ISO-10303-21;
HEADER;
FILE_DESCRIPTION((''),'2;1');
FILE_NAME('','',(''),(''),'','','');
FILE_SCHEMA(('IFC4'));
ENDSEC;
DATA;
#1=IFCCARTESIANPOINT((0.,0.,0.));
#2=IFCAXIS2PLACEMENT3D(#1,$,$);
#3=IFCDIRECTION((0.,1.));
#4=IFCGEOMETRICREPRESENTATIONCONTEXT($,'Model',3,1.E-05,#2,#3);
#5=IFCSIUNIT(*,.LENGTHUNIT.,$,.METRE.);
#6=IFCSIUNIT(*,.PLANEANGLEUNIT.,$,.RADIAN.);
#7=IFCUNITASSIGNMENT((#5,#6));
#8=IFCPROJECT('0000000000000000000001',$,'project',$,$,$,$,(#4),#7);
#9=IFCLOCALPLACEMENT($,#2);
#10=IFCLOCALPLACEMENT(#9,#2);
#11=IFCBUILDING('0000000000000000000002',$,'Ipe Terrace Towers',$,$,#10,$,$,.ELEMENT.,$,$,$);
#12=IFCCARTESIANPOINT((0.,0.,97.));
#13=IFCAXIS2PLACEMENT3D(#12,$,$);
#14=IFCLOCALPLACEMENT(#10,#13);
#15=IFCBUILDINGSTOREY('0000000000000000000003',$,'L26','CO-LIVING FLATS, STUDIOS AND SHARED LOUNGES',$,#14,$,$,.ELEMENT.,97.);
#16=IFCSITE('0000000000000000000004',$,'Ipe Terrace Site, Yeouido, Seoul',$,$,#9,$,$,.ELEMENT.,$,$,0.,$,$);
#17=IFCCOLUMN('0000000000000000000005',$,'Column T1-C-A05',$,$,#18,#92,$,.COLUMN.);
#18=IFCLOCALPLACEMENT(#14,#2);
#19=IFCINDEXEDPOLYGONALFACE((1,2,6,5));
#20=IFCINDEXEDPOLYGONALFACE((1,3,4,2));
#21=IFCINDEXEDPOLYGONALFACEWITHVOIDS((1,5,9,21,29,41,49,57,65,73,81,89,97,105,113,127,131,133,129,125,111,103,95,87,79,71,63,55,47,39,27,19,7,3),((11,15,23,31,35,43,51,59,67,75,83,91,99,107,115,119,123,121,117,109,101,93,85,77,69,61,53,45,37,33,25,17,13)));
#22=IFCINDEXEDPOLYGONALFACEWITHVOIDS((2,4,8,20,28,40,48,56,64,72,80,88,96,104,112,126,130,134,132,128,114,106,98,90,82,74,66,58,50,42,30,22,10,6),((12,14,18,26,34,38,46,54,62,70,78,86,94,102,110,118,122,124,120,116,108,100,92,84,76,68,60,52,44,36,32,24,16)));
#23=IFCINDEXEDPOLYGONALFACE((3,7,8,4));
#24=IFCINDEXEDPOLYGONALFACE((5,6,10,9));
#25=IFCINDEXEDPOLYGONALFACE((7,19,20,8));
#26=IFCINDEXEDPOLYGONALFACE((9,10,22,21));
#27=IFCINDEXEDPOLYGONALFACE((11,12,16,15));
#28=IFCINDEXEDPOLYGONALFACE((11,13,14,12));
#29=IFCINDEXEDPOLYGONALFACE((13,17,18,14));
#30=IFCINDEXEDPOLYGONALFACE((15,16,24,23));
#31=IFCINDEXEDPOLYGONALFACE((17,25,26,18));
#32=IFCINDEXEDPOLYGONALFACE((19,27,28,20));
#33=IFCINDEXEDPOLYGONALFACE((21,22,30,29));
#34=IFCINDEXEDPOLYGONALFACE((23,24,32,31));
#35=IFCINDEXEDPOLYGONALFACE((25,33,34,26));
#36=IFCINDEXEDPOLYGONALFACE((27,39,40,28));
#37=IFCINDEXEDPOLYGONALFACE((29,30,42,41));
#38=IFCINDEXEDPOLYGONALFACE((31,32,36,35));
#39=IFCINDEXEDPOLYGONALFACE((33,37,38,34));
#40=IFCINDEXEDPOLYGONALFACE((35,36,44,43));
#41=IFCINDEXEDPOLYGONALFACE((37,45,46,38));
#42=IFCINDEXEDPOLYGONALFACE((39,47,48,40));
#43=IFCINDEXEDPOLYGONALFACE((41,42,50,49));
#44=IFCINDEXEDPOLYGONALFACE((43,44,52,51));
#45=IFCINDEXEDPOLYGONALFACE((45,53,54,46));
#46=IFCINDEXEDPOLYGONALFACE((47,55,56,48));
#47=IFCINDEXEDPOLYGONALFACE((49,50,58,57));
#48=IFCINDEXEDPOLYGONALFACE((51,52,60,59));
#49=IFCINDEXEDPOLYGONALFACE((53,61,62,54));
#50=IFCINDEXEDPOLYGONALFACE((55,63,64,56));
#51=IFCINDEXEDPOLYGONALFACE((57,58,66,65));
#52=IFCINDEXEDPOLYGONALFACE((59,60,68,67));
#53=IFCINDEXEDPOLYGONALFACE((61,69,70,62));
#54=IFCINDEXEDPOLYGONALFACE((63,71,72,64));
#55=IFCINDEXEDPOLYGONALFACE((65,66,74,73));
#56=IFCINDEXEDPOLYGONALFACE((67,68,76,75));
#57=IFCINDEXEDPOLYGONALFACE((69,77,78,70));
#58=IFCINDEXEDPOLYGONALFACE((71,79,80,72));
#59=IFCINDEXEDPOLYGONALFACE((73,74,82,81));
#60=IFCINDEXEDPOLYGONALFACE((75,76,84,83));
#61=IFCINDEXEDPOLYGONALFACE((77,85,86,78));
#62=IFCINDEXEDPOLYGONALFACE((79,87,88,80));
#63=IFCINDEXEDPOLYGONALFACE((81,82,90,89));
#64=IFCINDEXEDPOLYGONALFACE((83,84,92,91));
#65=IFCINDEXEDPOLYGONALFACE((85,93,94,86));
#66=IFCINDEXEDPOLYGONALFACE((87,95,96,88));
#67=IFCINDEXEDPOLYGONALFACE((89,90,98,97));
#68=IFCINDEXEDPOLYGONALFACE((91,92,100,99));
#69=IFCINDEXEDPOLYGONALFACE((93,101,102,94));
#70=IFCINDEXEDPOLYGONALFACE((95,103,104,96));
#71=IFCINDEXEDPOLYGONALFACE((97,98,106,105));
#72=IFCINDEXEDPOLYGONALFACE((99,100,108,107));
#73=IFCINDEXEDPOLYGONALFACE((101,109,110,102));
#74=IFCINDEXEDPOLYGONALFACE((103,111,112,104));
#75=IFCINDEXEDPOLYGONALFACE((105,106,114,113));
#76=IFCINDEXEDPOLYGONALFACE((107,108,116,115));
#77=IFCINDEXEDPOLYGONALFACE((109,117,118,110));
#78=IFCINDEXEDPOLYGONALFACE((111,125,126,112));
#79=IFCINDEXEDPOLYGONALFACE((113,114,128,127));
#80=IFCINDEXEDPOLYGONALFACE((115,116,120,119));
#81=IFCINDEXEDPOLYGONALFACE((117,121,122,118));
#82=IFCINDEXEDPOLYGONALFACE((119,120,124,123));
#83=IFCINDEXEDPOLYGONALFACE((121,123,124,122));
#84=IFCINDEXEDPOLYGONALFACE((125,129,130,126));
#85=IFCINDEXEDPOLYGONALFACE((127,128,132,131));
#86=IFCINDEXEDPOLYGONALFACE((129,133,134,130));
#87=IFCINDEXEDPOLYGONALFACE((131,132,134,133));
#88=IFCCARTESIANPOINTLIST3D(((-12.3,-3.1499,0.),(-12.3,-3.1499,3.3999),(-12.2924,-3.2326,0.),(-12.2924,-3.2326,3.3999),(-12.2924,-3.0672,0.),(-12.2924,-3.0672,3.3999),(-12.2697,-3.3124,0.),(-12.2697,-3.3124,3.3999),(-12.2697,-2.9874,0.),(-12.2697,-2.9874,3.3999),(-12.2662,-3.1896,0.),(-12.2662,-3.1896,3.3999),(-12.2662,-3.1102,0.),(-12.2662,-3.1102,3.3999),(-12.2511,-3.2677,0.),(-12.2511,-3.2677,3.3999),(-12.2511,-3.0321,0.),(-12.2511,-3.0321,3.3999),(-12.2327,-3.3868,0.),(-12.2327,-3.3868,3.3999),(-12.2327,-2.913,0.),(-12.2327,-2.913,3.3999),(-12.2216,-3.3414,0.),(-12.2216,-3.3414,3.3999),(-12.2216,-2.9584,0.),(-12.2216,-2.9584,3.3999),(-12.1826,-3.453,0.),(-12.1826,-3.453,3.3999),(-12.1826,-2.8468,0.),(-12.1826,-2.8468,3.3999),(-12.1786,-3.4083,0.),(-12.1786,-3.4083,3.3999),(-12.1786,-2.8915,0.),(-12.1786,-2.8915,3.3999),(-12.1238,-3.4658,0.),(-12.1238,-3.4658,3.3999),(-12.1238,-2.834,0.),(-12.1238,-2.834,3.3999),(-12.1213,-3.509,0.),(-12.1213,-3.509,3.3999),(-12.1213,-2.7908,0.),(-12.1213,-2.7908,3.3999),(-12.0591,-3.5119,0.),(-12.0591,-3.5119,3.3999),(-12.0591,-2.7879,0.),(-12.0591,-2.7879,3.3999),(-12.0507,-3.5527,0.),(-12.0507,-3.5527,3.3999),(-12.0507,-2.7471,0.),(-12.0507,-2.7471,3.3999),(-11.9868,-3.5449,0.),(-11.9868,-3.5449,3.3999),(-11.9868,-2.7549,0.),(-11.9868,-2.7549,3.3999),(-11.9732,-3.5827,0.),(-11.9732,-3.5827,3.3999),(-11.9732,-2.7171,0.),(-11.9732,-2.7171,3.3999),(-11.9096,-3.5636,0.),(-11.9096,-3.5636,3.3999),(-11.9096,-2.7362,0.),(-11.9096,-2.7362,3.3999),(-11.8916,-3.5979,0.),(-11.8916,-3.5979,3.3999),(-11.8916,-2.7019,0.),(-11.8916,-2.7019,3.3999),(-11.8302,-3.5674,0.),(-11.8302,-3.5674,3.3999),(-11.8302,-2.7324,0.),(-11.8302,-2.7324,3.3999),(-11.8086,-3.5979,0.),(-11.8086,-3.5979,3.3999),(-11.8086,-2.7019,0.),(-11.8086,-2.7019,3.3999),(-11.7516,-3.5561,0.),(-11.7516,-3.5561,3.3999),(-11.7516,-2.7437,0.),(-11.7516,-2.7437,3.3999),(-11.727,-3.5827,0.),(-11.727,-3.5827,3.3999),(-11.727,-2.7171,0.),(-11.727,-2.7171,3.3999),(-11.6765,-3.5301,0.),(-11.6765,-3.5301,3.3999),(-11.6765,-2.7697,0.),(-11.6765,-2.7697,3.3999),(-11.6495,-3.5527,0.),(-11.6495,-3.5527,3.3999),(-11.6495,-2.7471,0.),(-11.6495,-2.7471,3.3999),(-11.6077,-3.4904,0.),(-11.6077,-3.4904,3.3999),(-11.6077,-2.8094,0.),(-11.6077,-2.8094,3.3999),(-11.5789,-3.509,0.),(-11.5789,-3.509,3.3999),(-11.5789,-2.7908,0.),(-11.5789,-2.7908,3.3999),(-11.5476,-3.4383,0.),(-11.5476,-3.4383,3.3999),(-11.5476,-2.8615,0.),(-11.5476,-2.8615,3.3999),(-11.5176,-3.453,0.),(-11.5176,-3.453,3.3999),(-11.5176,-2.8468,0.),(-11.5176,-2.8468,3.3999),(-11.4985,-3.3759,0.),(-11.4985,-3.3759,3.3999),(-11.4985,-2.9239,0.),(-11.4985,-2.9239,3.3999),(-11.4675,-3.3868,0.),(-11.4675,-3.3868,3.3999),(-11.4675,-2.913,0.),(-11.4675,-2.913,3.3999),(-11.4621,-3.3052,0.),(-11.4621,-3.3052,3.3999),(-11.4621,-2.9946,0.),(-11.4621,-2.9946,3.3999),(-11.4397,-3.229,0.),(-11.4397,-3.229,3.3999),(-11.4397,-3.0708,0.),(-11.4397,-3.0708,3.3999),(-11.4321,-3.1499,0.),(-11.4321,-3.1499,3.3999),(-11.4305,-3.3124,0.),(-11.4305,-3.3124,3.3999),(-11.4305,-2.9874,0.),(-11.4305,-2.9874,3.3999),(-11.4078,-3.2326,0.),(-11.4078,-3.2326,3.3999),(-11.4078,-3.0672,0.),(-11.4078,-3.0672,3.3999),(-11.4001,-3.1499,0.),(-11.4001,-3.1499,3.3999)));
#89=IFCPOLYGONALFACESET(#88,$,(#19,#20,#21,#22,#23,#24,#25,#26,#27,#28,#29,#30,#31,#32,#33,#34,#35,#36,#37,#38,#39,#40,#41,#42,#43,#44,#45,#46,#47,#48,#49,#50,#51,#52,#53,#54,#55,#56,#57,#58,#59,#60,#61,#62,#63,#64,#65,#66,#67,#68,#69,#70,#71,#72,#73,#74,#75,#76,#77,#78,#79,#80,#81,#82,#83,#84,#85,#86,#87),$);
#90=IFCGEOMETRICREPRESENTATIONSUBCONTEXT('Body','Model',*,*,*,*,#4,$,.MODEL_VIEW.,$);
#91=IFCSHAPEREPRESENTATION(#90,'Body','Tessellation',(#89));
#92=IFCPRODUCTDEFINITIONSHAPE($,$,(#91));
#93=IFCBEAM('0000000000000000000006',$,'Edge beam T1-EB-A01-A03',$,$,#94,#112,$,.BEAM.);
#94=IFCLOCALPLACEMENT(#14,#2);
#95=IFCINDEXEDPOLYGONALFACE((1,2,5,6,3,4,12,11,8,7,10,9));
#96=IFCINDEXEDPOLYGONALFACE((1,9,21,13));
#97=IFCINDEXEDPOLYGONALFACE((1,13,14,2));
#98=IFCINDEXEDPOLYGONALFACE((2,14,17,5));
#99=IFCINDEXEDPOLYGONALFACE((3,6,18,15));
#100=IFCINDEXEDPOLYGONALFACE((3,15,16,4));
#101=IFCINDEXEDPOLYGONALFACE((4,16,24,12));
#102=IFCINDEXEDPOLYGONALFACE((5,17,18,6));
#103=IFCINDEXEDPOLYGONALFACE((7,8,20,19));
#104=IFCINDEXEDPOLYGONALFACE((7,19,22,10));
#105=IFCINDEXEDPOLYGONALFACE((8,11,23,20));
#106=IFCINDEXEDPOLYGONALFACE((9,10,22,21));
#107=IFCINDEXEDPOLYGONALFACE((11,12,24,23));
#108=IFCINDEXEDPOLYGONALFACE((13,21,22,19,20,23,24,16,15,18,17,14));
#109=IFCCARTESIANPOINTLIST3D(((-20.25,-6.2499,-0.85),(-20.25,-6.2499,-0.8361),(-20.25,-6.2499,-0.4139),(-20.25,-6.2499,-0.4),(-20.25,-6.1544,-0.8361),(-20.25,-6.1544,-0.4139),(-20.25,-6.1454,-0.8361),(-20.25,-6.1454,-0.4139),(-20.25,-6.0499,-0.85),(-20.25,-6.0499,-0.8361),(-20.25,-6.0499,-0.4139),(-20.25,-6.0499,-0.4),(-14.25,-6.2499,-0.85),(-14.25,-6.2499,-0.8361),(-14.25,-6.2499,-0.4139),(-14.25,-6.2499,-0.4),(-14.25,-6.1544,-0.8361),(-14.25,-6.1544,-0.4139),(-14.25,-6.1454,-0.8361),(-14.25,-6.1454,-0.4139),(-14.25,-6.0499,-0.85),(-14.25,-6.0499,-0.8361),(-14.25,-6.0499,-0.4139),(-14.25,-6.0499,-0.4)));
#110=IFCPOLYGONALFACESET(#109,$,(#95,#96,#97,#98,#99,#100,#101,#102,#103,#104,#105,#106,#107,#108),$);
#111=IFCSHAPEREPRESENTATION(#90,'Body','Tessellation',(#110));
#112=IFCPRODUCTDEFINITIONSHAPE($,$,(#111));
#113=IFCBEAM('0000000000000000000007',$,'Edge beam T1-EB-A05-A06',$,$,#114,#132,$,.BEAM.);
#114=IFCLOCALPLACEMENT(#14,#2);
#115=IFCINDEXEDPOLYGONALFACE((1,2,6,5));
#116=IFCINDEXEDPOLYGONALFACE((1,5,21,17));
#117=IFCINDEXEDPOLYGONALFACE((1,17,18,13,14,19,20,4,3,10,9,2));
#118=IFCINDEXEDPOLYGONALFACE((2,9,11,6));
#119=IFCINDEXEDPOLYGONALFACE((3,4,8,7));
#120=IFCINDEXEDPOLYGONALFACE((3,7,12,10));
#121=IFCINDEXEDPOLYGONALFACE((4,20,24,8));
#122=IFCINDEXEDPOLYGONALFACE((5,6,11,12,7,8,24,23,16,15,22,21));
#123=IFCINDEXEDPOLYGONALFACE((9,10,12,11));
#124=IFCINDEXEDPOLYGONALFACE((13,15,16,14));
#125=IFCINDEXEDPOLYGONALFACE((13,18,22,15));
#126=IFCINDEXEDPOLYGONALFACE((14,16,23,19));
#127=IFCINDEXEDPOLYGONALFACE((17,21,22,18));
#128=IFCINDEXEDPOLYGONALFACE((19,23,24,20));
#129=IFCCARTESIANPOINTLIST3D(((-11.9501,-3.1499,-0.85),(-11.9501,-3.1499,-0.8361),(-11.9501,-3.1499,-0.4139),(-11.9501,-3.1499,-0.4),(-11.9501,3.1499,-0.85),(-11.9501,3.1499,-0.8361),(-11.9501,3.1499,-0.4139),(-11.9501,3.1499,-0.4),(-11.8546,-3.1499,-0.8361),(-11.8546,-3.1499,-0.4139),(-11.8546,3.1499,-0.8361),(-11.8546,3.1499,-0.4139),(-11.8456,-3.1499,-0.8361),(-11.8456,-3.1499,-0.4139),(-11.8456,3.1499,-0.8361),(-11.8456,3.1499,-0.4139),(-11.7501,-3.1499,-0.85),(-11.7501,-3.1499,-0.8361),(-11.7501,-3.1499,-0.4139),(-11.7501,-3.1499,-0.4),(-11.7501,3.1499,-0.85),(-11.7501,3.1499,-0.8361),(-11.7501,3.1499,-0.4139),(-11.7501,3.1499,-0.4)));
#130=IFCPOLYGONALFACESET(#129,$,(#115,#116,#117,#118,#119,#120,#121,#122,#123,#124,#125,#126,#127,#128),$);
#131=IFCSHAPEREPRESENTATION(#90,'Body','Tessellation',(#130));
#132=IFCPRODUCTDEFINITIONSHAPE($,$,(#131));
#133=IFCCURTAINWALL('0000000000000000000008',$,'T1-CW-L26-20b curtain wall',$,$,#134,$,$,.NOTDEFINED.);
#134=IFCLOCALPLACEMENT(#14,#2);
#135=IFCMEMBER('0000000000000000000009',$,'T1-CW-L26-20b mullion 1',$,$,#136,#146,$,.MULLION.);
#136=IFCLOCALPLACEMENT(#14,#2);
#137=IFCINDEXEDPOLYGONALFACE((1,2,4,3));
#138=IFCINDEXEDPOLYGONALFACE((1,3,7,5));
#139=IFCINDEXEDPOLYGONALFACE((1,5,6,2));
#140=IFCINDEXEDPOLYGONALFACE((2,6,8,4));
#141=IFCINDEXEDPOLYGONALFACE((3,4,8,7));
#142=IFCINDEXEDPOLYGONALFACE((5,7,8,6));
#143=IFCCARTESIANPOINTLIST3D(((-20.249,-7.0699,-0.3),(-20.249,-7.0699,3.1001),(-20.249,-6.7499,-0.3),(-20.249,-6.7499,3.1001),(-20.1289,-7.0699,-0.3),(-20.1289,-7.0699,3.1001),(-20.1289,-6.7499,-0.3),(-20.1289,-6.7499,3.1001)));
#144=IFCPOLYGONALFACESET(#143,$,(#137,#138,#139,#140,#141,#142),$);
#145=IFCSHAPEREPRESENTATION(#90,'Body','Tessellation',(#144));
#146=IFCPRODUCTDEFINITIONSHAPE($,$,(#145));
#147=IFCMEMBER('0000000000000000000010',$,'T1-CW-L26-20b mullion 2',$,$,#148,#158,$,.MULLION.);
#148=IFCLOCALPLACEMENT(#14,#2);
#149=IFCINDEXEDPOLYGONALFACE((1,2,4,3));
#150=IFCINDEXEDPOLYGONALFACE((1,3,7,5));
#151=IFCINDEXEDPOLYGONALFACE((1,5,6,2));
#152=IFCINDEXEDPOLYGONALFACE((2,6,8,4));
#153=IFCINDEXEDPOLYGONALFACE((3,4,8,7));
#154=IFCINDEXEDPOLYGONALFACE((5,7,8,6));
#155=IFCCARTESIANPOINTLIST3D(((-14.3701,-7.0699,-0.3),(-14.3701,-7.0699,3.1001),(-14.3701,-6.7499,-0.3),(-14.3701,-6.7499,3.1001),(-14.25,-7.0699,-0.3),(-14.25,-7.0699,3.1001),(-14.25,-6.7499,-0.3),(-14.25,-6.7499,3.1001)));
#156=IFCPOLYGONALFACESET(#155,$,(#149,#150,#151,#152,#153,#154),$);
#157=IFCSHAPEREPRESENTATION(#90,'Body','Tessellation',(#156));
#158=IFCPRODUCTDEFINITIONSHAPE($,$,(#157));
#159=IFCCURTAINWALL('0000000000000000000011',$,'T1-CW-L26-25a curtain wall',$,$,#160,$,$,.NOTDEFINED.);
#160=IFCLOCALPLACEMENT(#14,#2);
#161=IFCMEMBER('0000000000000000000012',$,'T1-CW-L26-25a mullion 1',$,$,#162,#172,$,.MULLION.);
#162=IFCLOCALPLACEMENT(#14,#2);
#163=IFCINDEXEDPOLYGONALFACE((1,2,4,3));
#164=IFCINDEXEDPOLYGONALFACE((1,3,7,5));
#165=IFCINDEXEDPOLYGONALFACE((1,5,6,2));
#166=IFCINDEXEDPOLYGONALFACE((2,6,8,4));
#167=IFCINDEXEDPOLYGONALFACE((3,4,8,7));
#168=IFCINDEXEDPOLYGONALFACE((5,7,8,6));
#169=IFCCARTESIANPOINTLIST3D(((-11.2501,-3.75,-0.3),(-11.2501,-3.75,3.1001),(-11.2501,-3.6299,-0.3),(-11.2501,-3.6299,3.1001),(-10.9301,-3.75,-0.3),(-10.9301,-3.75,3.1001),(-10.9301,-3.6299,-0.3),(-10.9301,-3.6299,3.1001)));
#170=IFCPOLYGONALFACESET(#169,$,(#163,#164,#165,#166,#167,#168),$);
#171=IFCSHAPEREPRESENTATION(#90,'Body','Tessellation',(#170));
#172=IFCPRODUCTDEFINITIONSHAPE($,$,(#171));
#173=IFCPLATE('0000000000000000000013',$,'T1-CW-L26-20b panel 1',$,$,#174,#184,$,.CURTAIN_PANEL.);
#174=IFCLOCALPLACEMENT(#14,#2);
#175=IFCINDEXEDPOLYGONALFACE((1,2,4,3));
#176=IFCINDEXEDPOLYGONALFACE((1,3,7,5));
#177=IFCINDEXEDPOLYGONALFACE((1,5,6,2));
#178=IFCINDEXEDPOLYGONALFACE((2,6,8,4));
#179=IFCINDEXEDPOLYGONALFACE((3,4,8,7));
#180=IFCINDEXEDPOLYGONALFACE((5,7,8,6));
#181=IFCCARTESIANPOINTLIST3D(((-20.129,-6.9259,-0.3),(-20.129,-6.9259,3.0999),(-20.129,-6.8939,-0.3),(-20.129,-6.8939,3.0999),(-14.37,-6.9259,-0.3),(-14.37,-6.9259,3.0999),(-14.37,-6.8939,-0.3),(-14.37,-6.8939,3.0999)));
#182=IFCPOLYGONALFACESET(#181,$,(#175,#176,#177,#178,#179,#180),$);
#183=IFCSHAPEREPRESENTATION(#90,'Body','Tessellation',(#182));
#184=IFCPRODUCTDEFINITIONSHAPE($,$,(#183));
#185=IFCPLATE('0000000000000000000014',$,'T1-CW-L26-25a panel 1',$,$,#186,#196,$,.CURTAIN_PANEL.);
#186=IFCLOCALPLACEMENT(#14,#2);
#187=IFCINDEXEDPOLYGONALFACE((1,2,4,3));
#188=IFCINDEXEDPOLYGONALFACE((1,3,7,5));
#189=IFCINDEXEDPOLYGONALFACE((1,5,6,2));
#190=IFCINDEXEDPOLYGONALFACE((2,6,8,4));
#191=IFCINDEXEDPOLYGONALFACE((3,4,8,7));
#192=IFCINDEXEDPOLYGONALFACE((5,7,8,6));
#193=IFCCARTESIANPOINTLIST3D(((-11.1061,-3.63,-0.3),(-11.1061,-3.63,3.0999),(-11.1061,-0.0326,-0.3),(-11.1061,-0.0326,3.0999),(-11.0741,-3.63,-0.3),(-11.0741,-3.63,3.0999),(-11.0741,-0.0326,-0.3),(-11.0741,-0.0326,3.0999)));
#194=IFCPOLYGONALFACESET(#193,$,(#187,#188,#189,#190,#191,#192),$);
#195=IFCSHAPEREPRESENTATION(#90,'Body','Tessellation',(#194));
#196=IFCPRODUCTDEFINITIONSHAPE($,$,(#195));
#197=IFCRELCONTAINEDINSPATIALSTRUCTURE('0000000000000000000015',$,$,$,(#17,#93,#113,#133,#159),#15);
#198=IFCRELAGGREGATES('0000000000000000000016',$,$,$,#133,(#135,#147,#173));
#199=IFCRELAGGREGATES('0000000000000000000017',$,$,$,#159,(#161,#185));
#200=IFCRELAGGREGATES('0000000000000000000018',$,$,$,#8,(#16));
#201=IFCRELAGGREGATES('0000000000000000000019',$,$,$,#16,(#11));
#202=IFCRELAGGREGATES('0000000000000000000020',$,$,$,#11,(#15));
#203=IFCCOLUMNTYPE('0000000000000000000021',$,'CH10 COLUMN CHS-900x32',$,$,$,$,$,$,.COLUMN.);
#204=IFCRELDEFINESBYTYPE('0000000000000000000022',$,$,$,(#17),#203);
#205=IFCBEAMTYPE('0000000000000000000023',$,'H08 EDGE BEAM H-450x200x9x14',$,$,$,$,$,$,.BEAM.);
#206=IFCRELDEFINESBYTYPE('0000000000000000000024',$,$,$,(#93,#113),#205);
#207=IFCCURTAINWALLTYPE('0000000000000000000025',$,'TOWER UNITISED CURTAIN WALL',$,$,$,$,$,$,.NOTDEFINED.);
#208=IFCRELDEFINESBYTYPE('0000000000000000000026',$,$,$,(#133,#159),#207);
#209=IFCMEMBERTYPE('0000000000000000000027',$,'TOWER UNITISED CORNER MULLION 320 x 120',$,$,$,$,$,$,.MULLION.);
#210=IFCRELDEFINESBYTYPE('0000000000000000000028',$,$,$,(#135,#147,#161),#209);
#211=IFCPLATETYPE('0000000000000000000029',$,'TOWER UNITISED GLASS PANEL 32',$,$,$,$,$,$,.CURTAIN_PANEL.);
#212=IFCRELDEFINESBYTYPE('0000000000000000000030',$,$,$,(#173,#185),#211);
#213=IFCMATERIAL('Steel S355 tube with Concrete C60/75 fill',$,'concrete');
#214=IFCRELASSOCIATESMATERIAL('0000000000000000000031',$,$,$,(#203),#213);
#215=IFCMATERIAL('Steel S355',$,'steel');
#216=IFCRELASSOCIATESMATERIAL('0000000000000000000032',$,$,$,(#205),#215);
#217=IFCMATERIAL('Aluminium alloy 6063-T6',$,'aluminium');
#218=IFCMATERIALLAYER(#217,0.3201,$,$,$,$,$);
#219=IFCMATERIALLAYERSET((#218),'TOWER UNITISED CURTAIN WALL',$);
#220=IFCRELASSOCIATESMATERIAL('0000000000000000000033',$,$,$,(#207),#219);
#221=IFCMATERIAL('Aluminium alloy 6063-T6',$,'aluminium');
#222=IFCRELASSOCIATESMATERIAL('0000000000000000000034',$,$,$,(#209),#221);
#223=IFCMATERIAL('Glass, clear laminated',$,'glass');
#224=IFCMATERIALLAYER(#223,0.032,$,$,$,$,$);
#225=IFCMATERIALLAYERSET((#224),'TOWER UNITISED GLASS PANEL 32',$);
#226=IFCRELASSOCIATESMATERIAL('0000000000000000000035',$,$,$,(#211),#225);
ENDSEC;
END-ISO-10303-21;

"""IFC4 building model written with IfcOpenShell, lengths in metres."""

from ifc_helpers import new_model, si_unit, direction, frame, origin, origin_2d, place, context, subcontext, project, spatial, rectangle, hollow_circle, i_section, extrude, material, layer, layer_set, material_profile, profile_set, type_object, element, aggregate, save


model = new_model("IFC4")

# Units and contexts
model_context = context("Model", 3, precision=1e-05, world=origin(), true_north=direction((0.0, 1.0)))
body_context = subcontext(model_context, "Body", "Model", "MODEL_VIEW")
ifc_project = project(units=[si_unit("LENGTHUNIT", "METRE"), si_unit("PLANEANGLEUNIT", "RADIAN")], contexts=[model_context])

# Site, building, storey
site_placement = place(None, origin())
site = spatial("IfcSite", under=ifc_project, at=site_placement, Name="Ipe Terrace Site, Yeouido, Seoul", CompositionType="ELEMENT", RefElevation=0.0)
building_placement = place(site_placement, origin())
building = spatial("IfcBuilding", under=site, at=building_placement, Name="Ipe Terrace Towers", CompositionType="ELEMENT")
storey_placement = place(building_placement, frame((0.0, 0.0, 97.0)))
storey = spatial("IfcBuildingStorey", under=building, at=storey_placement, Name="L26", Description="CO-LIVING FLATS, STUDIOS AND SHARED LOUNGES", CompositionType="ELEMENT", Elevation=97.0)

# Column
ifc_material_1 = material(Name="Steel S355 tube with Concrete C60/75 fill", Category="concrete")
ifc_material_profile_1 = material_profile(ifc_material_1, hollow_circle(Radius=0.45, WallThickness=0.032, at=origin_2d()), Name="CHS-900x32")
ifc_profile_set_1 = profile_set([ifc_material_profile_1], Name="Steel S355 tube with Concrete C60/75 fill")
column_type = type_object("IfcColumnType", Name="CH10 COLUMN CHS-900x32", PredefinedType="COLUMN", material=ifc_profile_set_1)
for number, where, z_axis, x_axis, name in (
    (1, (-11.8501, -3.1499, 0.0), (0.0, 0.0, 1.0), (1.0, 0.0, 0.0), "Column T1-C-A05"),
):
    element("IfcColumn", number, at=place(storey_placement, frame(where, z_axis=z_axis, x_axis=x_axis)), inside=storey, type_object=column_type, Name=name, PredefinedType="COLUMN", context=body_context, shape_type="SweptSolid", body=[
        extrude(hollow_circle(Radius=0.45, WallThickness=0.032, at=origin_2d()), origin(), (0.0, 0.0, 1.0), 3.3999),
    ])

# Beams
ifc_material_2 = material(Name="Steel S355", Category="steel")
ifc_material_profile_2 = material_profile(ifc_material_2, i_section(OverallWidth=0.2, OverallDepth=0.45, WebThickness=0.009, FlangeThickness=0.0139, at=origin_2d()), Name="H-450x200x9x14")
ifc_profile_set_2 = profile_set([ifc_material_profile_2], Name="Steel S355")
beam_type = type_object("IfcBeamType", Name="H08 EDGE BEAM H-450x200x9x14", PredefinedType="BEAM", material=ifc_profile_set_2)
beam_1_placement = place(storey_placement, frame((-20.25, -6.1499, -0.625), z_axis=(1.0, 0.0, 0.0), x_axis=(0.0, 1.0, 0.0)))
element("IfcBeam", 2, at=beam_1_placement, inside=storey, type_object=beam_type, Name="Edge beam T1-EB-A01-A03", PredefinedType="BEAM", context=body_context, shape_type="SweptSolid", body=[
    extrude(i_section(OverallWidth=0.2, OverallDepth=0.45, WebThickness=0.009, FlangeThickness=0.0139, at=origin_2d()), origin(), (0.0, 0.0, 1.0), 6.0),
])
beam_2_placement = place(storey_placement, frame((-11.8501, -3.1499, -0.625), z_axis=(0.0, 1.0, 0.0), x_axis=(-1.0, 0.0, 0.0)))
element("IfcBeam", 3, at=beam_2_placement, inside=storey, type_object=beam_type, Name="Edge beam T1-EB-A05-A06", PredefinedType="BEAM", context=body_context, shape_type="SweptSolid", body=[
    extrude(i_section(OverallWidth=0.2, OverallDepth=0.45, WebThickness=0.009, FlangeThickness=0.0139, at=origin_2d()), origin(), (0.0, 0.0, 1.0), 6.2998),
])

# Curtain wall, members
ifc_material_3 = material(Name="Aluminium alloy 6063-T6", Category="aluminium")
ifc_layer_1 = layer(ifc_material_3, 0.3201)
ifc_layer_set_1 = layer_set([ifc_layer_1], Name="TOWER UNITISED CURTAIN WALL")
curtain_wall_type = type_object("IfcCurtainWallType", Name="TOWER UNITISED CURTAIN WALL", PredefinedType="NOTDEFINED", material=ifc_layer_set_1)
curtain_wall_1_placement = place(storey_placement, origin())
curtain_wall_1 = element("IfcCurtainWall", 4, at=curtain_wall_1_placement, inside=storey, type_object=curtain_wall_type, Name="T1-CW-L26-20b curtain wall", PredefinedType="NOTDEFINED")
ifc_material_4 = material(Name="Aluminium alloy 6063-T6", Category="aluminium")
ifc_material_profile_3 = material_profile(ifc_material_4, rectangle(XDim=0.3201, YDim=0.1201, at=origin_2d()), Name="TOWER UNITISED CORNER MULLION 320 x 120")
ifc_profile_set_3 = profile_set([ifc_material_profile_3], Name="Aluminium alloy 6063-T6")
member_type = type_object("IfcMemberType", Name="TOWER UNITISED CORNER MULLION 320 x 120", PredefinedType="MULLION", material=ifc_profile_set_3)
member_1_placement = place(storey_placement, frame((-20.189, -6.9099, -0.3), z_axis=(0.0, 0.0, 1.0), x_axis=(0.0, -1.0, 0.0)))
member_1 = element("IfcMember", 5, at=member_1_placement, type_object=member_type, Name="T1-CW-L26-20b mullion 1", PredefinedType="MULLION", context=body_context, shape_type="SweptSolid", body=[
    extrude(rectangle(XDim=0.3201, YDim=0.1201, at=origin_2d()), origin(), (0.0, 0.0, 1.0), 3.4001),
])
member_2_placement = place(storey_placement, frame((-14.3101, -6.9099, -0.3), z_axis=(0.0, 0.0, 1.0), x_axis=(0.0, -1.0, 0.0)))
member_2 = element("IfcMember", 6, at=member_2_placement, type_object=member_type, Name="T1-CW-L26-20b mullion 2", PredefinedType="MULLION", context=body_context, shape_type="SweptSolid", body=[
    extrude(rectangle(XDim=0.3201, YDim=0.1201, at=origin_2d()), origin(), (0.0, 0.0, 1.0), 3.4001),
])

# Curtain wall, member
curtain_wall_2_placement = place(storey_placement, origin())
curtain_wall_2 = element("IfcCurtainWall", 7, at=curtain_wall_2_placement, inside=storey, type_object=curtain_wall_type, Name="T1-CW-L26-25a curtain wall", PredefinedType="NOTDEFINED")
member_3_placement = place(storey_placement, frame((-11.0901, -3.6899, -0.3), z_axis=(0.0, 0.0, 1.0), x_axis=(1.0, 0.0, 0.0)))
member_3 = element("IfcMember", 8, at=member_3_placement, type_object=member_type, Name="T1-CW-L26-25a mullion 1", PredefinedType="MULLION", context=body_context, shape_type="SweptSolid", body=[
    extrude(rectangle(XDim=0.3201, YDim=0.1201, at=origin_2d()), origin(), (0.0, 0.0, 1.0), 3.4001),
])

# Plates
ifc_material_5 = material(Name="Glass, clear laminated", Category="glass")
ifc_layer_2 = layer(ifc_material_5, 0.032)
ifc_layer_set_2 = layer_set([ifc_layer_2], Name="TOWER UNITISED GLASS PANEL 32")
plate_type = type_object("IfcPlateType", Name="TOWER UNITISED GLASS PANEL 32", PredefinedType="CURTAIN_PANEL", material=ifc_layer_set_2)
plate_1_placement = place(storey_placement, frame((-17.2495, -6.9099, -0.3), z_axis=(0.0, 0.0, 1.0), x_axis=(1.0, 0.0, 0.0)))
plate_1 = element("IfcPlate", 9, at=plate_1_placement, type_object=plate_type, Name="T1-CW-L26-20b panel 1", PredefinedType="CURTAIN_PANEL", context=body_context, shape_type="SweptSolid", body=[
    extrude(rectangle(XDim=5.759, YDim=0.032, at=origin_2d()), origin(), (0.0, 0.0, 1.0), 3.3999),
])
aggregate(curtain_wall_1, [member_1, member_2, plate_1])
plate_2_placement = place(storey_placement, frame((-11.0901, -1.8313, -0.3), z_axis=(0.0, 0.0, 1.0), x_axis=(0.0, 1.0, 0.0)))
plate_2 = element("IfcPlate", 10, at=plate_2_placement, type_object=plate_type, Name="T1-CW-L26-25a panel 1", PredefinedType="CURTAIN_PANEL", context=body_context, shape_type="SweptSolid", body=[
    extrude(rectangle(XDim=3.5974, YDim=0.032, at=origin_2d()), origin(), (0.0, 0.0, 1.0), 3.3999),
])
aggregate(curtain_wall_2, [member_3, plate_2])

save(model, "model.ifc")
